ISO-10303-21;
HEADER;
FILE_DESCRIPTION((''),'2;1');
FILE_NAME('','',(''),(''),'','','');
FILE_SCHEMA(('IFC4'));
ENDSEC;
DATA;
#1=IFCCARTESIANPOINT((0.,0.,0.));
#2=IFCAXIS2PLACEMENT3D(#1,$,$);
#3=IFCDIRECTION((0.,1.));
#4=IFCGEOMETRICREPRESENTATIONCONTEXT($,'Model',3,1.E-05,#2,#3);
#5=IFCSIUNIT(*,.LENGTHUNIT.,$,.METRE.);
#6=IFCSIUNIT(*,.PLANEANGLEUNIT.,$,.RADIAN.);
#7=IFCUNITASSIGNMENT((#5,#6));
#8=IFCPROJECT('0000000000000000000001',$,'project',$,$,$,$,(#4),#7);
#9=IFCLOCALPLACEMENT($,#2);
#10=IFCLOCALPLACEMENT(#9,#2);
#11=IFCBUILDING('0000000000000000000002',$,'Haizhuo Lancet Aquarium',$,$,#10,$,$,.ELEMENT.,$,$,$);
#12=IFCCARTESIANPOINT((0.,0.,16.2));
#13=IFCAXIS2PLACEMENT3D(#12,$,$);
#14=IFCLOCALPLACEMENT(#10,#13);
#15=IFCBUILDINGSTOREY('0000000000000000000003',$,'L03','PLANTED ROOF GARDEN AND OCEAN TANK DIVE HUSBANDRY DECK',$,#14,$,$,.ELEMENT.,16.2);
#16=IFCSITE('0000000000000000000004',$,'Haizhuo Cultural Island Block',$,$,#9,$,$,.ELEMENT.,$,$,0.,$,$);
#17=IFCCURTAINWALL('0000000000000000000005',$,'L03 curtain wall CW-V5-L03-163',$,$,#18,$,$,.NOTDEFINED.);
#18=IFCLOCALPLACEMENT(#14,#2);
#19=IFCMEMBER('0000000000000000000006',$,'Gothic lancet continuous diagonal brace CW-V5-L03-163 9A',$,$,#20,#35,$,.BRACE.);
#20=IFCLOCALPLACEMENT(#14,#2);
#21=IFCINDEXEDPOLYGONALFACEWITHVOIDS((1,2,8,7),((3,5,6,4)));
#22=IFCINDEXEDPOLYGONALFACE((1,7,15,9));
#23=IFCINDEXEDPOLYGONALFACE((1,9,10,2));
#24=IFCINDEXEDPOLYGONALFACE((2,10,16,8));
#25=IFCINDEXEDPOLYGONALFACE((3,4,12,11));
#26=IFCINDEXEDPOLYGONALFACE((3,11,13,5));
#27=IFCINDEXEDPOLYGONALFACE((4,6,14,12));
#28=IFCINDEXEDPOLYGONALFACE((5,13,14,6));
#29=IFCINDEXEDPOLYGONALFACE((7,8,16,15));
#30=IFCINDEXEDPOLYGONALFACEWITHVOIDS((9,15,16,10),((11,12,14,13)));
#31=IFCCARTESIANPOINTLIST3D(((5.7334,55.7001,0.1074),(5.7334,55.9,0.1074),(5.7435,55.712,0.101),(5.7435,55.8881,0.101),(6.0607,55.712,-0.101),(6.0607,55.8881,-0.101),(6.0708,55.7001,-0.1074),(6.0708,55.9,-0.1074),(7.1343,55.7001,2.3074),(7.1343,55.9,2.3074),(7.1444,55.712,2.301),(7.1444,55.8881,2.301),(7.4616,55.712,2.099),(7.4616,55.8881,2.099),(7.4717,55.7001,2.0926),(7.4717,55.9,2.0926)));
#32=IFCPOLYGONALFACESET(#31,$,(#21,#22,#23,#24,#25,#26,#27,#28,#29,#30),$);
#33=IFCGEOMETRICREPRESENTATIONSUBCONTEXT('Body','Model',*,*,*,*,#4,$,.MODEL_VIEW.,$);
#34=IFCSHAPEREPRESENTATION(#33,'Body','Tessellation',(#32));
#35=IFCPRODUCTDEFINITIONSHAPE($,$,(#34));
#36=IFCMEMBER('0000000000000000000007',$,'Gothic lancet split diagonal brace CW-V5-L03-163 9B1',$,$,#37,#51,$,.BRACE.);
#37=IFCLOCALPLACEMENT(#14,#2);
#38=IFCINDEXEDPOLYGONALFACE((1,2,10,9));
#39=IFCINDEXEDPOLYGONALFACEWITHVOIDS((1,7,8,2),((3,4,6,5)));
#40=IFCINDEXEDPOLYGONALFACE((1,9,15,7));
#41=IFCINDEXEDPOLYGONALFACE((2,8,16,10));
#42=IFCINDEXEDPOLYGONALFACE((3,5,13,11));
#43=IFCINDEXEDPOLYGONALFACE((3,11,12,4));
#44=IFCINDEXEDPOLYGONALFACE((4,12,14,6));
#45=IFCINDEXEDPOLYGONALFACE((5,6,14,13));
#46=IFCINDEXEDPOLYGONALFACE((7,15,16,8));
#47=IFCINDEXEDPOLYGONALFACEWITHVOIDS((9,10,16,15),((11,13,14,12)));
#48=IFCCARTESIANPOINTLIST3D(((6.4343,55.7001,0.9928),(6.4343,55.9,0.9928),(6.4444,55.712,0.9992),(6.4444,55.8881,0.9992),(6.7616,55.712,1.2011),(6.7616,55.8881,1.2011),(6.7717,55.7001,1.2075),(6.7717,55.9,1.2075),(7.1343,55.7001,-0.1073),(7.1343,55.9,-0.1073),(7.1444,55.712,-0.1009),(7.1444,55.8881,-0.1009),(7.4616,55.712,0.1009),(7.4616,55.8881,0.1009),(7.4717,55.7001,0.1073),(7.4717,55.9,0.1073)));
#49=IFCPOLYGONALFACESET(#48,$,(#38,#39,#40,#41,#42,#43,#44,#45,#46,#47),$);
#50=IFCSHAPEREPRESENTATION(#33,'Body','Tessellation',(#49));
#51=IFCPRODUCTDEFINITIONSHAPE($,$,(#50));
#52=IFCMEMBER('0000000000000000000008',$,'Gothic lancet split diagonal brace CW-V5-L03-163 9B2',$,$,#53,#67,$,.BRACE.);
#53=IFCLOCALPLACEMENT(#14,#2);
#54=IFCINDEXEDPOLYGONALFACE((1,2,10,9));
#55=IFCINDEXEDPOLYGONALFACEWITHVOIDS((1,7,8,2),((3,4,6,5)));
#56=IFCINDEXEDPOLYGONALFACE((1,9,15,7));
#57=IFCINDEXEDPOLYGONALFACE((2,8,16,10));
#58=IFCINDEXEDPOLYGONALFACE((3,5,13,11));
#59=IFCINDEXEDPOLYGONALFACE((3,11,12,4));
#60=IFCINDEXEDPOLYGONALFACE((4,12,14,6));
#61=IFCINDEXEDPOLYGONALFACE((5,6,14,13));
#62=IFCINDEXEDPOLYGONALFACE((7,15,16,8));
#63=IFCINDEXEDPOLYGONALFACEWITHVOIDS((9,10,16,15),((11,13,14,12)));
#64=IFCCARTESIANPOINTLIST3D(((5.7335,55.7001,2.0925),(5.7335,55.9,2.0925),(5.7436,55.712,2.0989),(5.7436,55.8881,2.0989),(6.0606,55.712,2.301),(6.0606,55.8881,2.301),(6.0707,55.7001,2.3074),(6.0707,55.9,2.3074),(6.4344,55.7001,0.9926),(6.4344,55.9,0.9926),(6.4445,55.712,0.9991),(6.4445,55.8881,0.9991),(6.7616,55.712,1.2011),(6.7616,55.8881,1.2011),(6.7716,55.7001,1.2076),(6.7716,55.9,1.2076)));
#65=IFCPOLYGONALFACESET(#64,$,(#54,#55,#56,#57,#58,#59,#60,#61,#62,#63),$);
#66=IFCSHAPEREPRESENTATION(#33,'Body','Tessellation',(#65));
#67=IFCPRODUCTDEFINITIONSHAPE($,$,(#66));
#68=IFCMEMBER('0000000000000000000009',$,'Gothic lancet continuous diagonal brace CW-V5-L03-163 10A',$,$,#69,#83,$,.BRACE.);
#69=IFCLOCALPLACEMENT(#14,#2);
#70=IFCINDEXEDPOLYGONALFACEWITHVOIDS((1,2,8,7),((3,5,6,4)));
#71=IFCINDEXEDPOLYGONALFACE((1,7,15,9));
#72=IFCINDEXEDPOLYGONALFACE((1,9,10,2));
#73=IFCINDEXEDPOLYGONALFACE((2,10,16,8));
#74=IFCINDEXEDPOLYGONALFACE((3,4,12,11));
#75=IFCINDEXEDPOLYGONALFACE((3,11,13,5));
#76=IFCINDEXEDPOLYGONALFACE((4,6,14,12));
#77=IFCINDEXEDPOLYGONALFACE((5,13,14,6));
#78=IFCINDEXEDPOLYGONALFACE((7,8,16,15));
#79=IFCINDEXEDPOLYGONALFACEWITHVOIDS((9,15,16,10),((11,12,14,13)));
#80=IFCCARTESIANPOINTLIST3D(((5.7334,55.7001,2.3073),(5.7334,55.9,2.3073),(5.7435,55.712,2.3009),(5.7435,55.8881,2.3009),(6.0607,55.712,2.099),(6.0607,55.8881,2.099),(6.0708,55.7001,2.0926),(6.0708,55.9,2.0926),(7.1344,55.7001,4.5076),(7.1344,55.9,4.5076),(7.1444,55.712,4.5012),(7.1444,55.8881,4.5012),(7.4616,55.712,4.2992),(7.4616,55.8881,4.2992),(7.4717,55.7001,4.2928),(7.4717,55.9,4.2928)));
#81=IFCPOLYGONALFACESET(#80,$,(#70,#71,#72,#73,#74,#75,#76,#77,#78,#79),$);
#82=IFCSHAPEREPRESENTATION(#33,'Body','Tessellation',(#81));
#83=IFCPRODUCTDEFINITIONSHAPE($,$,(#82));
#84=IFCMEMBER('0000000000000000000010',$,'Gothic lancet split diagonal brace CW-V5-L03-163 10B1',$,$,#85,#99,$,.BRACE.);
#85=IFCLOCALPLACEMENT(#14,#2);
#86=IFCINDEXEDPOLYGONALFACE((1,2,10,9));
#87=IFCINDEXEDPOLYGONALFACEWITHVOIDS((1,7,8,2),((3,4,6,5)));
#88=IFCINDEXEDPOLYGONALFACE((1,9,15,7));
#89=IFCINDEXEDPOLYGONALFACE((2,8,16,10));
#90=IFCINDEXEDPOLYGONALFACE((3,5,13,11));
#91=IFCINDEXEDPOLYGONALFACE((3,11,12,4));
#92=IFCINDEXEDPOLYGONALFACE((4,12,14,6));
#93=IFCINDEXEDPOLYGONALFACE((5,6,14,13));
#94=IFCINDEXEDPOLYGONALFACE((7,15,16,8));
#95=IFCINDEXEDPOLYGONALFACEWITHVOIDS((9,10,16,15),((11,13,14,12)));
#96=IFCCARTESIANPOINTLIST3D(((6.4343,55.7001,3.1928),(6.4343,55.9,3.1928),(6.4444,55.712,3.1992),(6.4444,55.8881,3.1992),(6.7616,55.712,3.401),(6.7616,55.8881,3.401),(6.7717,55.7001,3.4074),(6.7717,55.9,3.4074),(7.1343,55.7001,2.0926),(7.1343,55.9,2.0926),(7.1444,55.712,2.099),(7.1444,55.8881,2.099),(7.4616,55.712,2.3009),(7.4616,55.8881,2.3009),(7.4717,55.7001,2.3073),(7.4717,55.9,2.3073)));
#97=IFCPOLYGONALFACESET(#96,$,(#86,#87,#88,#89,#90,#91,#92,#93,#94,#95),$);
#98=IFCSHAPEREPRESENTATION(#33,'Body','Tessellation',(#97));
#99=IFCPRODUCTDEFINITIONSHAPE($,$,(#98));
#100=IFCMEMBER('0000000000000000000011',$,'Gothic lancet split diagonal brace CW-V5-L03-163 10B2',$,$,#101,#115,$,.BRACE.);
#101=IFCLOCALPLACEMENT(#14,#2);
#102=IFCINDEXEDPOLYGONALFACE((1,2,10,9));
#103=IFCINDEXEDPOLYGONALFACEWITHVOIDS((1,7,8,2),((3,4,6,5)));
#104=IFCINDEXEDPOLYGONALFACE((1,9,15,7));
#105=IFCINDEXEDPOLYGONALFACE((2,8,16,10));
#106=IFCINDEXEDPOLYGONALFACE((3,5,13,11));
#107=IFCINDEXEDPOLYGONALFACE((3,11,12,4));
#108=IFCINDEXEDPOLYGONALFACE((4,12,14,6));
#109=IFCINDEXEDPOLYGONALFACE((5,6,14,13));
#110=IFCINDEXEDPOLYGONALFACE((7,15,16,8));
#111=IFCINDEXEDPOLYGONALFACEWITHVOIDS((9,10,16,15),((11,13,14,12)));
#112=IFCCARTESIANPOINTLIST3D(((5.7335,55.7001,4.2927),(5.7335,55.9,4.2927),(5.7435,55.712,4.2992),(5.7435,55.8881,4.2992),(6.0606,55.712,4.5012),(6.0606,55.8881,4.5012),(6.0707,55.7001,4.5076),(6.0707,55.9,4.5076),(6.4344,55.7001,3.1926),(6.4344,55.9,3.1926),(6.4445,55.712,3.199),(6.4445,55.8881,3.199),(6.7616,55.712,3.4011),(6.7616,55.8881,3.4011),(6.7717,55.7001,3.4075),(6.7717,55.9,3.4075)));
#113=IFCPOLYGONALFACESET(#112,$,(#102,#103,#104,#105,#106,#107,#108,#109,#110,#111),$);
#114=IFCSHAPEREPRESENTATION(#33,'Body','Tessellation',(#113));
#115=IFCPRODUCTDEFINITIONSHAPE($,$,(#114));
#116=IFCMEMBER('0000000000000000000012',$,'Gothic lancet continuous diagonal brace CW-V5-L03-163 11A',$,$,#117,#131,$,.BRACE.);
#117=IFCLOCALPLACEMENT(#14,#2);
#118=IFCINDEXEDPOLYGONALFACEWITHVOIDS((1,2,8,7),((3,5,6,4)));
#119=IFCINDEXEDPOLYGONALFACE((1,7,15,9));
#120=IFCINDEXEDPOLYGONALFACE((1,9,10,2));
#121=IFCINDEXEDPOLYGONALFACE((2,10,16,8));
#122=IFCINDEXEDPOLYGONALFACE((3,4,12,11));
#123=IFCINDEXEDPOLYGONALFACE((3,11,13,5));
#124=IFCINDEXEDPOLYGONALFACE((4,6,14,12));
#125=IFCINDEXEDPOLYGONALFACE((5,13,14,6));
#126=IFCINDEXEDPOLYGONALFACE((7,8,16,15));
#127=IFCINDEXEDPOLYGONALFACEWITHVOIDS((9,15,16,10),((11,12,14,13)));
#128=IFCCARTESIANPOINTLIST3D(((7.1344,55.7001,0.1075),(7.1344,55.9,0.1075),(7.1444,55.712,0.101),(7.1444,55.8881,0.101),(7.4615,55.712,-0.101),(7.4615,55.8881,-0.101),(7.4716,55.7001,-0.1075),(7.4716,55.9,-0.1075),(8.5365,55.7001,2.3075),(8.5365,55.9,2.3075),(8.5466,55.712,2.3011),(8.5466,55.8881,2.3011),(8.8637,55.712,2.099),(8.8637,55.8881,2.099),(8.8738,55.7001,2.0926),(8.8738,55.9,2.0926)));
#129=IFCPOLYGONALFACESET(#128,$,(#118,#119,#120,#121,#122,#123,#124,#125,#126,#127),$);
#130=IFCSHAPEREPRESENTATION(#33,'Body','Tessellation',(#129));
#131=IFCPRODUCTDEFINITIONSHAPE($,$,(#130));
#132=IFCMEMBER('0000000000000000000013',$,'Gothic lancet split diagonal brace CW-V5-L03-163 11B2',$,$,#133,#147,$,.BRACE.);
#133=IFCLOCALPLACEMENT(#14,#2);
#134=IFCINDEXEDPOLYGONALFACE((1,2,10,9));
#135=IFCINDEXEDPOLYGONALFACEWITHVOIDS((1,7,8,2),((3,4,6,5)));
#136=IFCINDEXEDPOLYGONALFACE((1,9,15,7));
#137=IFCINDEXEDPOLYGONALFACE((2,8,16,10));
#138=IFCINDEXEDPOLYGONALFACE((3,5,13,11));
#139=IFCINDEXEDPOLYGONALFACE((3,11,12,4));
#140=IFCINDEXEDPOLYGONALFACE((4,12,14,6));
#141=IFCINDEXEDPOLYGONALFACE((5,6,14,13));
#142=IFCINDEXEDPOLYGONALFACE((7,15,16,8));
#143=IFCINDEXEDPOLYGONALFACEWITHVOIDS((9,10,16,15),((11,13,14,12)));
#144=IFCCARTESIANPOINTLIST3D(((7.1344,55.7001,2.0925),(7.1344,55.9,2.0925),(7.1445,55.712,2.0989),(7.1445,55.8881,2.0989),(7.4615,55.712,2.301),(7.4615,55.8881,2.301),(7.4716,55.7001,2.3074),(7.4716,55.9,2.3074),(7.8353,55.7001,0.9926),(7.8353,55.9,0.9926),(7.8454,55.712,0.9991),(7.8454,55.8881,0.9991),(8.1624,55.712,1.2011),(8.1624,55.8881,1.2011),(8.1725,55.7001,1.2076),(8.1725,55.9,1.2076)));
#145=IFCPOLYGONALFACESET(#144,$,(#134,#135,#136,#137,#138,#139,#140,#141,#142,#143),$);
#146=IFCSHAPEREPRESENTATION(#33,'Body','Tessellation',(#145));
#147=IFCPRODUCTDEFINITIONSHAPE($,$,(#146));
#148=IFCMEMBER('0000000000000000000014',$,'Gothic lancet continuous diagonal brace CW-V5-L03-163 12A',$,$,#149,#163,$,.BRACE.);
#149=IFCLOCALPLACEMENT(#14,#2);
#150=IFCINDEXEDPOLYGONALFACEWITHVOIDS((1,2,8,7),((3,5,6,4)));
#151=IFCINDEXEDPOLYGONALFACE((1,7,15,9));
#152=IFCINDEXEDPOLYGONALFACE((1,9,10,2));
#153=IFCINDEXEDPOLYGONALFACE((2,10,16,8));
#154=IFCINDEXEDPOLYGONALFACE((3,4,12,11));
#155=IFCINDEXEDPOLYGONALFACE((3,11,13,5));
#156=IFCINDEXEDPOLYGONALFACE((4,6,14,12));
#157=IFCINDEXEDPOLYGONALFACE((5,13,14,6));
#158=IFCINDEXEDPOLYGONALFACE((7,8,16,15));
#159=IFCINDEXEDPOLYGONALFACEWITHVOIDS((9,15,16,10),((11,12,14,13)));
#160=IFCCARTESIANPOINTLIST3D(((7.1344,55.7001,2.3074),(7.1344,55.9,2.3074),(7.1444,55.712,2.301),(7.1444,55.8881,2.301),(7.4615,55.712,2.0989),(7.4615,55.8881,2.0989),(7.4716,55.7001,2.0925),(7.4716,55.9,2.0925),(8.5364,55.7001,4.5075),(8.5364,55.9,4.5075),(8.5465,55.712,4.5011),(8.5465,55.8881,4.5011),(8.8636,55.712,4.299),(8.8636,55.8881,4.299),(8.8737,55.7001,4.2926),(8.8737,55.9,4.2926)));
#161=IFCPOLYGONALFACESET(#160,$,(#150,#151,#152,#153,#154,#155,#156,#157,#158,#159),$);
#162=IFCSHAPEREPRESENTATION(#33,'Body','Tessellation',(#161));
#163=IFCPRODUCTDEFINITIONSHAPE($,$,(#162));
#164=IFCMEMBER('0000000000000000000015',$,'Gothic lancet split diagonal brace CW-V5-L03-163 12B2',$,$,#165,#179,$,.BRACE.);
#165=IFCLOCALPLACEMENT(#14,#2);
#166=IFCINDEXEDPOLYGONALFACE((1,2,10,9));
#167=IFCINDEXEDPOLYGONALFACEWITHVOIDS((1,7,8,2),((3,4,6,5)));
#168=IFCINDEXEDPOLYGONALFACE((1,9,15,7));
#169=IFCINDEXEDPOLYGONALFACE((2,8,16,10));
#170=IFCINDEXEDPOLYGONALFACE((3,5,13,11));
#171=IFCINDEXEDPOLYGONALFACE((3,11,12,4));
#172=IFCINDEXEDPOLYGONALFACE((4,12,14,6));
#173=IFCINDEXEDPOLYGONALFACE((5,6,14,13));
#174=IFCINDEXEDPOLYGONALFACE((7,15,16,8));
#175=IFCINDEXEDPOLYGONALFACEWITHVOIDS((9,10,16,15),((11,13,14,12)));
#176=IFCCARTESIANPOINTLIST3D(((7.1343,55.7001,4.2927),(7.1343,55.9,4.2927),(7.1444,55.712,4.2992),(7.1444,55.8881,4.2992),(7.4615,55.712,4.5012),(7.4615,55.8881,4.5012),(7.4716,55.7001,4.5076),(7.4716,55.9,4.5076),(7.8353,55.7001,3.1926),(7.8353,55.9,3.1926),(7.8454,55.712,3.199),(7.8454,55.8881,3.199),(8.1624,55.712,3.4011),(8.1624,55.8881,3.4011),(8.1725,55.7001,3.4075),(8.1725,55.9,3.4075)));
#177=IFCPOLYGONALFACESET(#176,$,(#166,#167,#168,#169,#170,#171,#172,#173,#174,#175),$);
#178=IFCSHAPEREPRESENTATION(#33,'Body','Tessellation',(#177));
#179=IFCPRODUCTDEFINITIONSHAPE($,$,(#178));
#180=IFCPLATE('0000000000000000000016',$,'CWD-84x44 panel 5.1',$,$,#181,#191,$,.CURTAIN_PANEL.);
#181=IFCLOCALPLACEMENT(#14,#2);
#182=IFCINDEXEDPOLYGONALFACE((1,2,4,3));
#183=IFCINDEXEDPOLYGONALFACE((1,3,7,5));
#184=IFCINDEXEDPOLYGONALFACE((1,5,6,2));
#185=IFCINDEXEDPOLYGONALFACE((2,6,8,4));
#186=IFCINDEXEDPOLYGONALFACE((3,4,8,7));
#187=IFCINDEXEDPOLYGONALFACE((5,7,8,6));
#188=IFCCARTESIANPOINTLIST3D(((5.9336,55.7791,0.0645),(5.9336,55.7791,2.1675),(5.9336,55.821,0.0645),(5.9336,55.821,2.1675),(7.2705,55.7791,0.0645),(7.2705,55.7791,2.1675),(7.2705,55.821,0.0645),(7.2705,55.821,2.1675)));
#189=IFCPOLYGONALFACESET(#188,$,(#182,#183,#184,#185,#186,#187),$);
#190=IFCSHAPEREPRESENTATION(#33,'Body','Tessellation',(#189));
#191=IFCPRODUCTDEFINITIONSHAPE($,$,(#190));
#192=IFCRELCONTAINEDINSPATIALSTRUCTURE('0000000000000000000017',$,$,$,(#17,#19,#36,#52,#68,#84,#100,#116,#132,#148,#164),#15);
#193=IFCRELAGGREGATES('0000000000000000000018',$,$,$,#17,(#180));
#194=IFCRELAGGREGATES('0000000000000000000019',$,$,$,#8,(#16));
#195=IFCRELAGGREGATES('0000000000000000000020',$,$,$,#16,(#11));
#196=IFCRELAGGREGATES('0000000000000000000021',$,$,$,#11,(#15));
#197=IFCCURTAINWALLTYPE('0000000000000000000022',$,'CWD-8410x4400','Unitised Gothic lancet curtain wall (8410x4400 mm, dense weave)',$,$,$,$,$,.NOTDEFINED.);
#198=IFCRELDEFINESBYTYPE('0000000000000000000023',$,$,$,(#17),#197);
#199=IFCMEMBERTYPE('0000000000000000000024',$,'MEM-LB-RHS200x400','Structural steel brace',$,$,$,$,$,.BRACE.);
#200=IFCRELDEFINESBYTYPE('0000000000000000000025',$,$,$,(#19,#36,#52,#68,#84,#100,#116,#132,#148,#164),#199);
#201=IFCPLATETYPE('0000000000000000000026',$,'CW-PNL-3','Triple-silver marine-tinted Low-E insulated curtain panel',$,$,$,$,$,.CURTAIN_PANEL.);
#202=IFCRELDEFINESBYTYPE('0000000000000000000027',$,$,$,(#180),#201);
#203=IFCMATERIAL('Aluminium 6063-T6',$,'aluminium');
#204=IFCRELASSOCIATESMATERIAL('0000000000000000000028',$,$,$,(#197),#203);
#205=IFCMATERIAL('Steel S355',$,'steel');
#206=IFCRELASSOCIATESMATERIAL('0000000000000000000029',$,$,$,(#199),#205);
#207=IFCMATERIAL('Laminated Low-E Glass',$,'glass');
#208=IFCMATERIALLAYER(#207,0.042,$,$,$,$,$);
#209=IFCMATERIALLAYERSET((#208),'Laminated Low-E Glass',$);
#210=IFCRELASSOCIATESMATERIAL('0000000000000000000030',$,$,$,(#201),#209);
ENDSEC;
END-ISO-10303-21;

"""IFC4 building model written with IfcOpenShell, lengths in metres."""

from ifc_helpers import new_model, si_unit, direction, frame, origin, origin_2d, place, context, subcontext, project, spatial, rectangle, hollow_rectangle, extrude, material, layer, layer_set, material_profile, profile_set, type_object, element, aggregate, save


model = new_model("IFC4")

# Units and contexts
model_context = context("Model", 3, precision=1e-05, world=origin(), true_north=direction((0.0, 1.0)))
body_context = subcontext(model_context, "Body", "Model", "MODEL_VIEW")
ifc_project = project(units=[si_unit("LENGTHUNIT", "METRE"), si_unit("PLANEANGLEUNIT", "RADIAN")], contexts=[model_context])

# Site, building, storey
site_placement = place(None, origin())
site = spatial("IfcSite", under=ifc_project, at=site_placement, Name="Haizhuo Cultural Island Block", CompositionType="ELEMENT", RefElevation=0.0)
building_placement = place(site_placement, origin())
building = spatial("IfcBuilding", under=site, at=building_placement, Name="Haizhuo Lancet Aquarium", CompositionType="ELEMENT")
storey_placement = place(building_placement, frame((0.0, 0.0, 16.2)))
storey = spatial("IfcBuildingStorey", under=building, at=storey_placement, Name="L03", Description="PLANTED ROOF GARDEN AND OCEAN TANK DIVE HUSBANDRY DECK", CompositionType="ELEMENT", Elevation=16.2)

# Curtain wall
ifc_material_1 = material(Name="Aluminium 6063-T6", Category="aluminium")
curtain_wall_type = type_object("IfcCurtainWallType", Name="CWD-8410x4400", Description="Unitised Gothic lancet curtain wall (8410x4400 mm, dense weave)", PredefinedType="NOTDEFINED", material=ifc_material_1)
curtain_wall_placement = place(storey_placement, origin())
curtain_wall = element("IfcCurtainWall", 1, at=curtain_wall_placement, inside=storey, type_object=curtain_wall_type, Name="L03 curtain wall CW-V5-L03-163", PredefinedType="NOTDEFINED")

# Members
ifc_material_2 = material(Name="Steel S355", Category="steel")
ifc_material_profile_1 = material_profile(ifc_material_2, hollow_rectangle(XDim=0.2, YDim=0.3999, WallThickness=0.012, at=origin_2d()), Name="RHS 200x400x12")
ifc_profile_set_1 = profile_set([ifc_material_profile_1], Name="Steel S355")
member_type_1 = type_object("IfcMemberType", Name="MEM-LB-RHS200x400", Description="Structural steel brace", PredefinedType="BRACE", material=ifc_profile_set_1)
member_1_placement = place(storey_placement, frame((5.9021, 55.8, 0.0), z_axis=(0.537124, 0.0, 0.843503), x_axis=(0.0, 1.0, 0.0)))
element("IfcMember", 2, at=member_1_placement, inside=storey, type_object=member_type_1, Name="Gothic lancet continuous diagonal brace CW-V5-L03-163 9A", PredefinedType="BRACE", context=body_context, shape_type="SweptSolid", body=[
    extrude(hollow_rectangle(XDim=0.2, YDim=0.3999, WallThickness=0.012, at=origin_2d()), origin(), (0.0, 0.0, 1.0), 2.6082),
])
member_2_placement = place(storey_placement, frame((7.303, 55.8, 0.0), z_axis=(-0.536815, 0.0, 0.8437), x_axis=(0.0, -1.0, 0.0)))
element("IfcMember", 3, at=member_2_placement, inside=storey, type_object=member_type_1, Name="Gothic lancet split diagonal brace CW-V5-L03-163 9B1", PredefinedType="BRACE", context=body_context, shape_type="SweptSolid", body=[
    extrude(hollow_rectangle(XDim=0.2, YDim=0.3999, WallThickness=0.012, at=origin_2d()), origin(), (0.0, 0.0, 1.0), 1.304),
])
member_3_placement = place(storey_placement, frame((6.603, 55.8, 1.1001), z_axis=(-0.537433, 0.0, 0.843307), x_axis=(0.0, -1.0, 0.0)))
element("IfcMember", 4, at=member_3_placement, inside=storey, type_object=member_type_1, Name="Gothic lancet split diagonal brace CW-V5-L03-163 9B2", PredefinedType="BRACE", context=body_context, shape_type="SweptSolid", body=[
    extrude(hollow_rectangle(XDim=0.2, YDim=0.3999, WallThickness=0.012, at=origin_2d()), origin(), (0.0, 0.0, 1.0), 1.3042),
])
member_4_placement = place(storey_placement, frame((5.9021, 55.8, 2.2), z_axis=(0.537081, 0.0, 0.84353), x_axis=(0.0, 1.0, 0.0)))
element("IfcMember", 5, at=member_4_placement, inside=storey, type_object=member_type_1, Name="Gothic lancet continuous diagonal brace CW-V5-L03-163 10A", PredefinedType="BRACE", context=body_context, shape_type="SweptSolid", body=[
    extrude(hollow_rectangle(XDim=0.2, YDim=0.3999, WallThickness=0.012, at=origin_2d()), origin(), (0.0, 0.0, 1.0), 2.6084),
])
member_5_placement = place(storey_placement, frame((7.303, 55.8, 2.2), z_axis=(-0.536815, 0.0, 0.8437), x_axis=(0.0, -1.0, 0.0)))
element("IfcMember", 6, at=member_5_placement, inside=storey, type_object=member_type_1, Name="Gothic lancet split diagonal brace CW-V5-L03-163 10B1", PredefinedType="BRACE", context=body_context, shape_type="SweptSolid", body=[
    extrude(hollow_rectangle(XDim=0.2, YDim=0.3999, WallThickness=0.012, at=origin_2d()), origin(), (0.0, 0.0, 1.0), 1.304),
])
member_6_placement = place(storey_placement, frame((6.603, 55.8, 3.3), z_axis=(-0.537348, 0.0, 0.843361), x_axis=(0.0, -1.0, 0.0)))
element("IfcMember", 7, at=member_6_placement, inside=storey, type_object=member_type_1, Name="Gothic lancet split diagonal brace CW-V5-L03-163 10B2", PredefinedType="BRACE", context=body_context, shape_type="SweptSolid", body=[
    extrude(hollow_rectangle(XDim=0.2, YDim=0.3999, WallThickness=0.012, at=origin_2d()), origin(), (0.0, 0.0, 1.0), 1.3044),
])
member_7_placement = place(storey_placement, frame((7.303, 55.8, 0.0), z_axis=(0.537457, 0.0, 0.843291), x_axis=(0.0, 1.0, 0.0)))
element("IfcMember", 8, at=member_7_placement, inside=storey, type_object=member_type_1, Name="Gothic lancet continuous diagonal brace CW-V5-L03-163 11A", PredefinedType="BRACE", context=body_context, shape_type="SweptSolid", body=[
    extrude(hollow_rectangle(XDim=0.2, YDim=0.3999, WallThickness=0.012, at=origin_2d()), origin(), (0.0, 0.0, 1.0), 2.6089),
])
member_8_placement = place(storey_placement, frame((8.0039, 55.8, 1.1001), z_axis=(-0.537433, 0.0, 0.843307), x_axis=(0.0, -1.0, 0.0)))
element("IfcMember", 9, at=member_8_placement, inside=storey, type_object=member_type_1, Name="Gothic lancet split diagonal brace CW-V5-L03-163 11B2", PredefinedType="BRACE", context=body_context, shape_type="SweptSolid", body=[
    extrude(hollow_rectangle(XDim=0.2, YDim=0.3999, WallThickness=0.012, at=origin_2d()), origin(), (0.0, 0.0, 1.0), 1.3042),
])
member_9_placement = place(storey_placement, frame((7.303, 55.8, 2.2), z_axis=(0.537414, 0.0, 0.843318), x_axis=(0.0, 1.0, 0.0)))
element("IfcMember", 10, at=member_9_placement, inside=storey, type_object=member_type_1, Name="Gothic lancet continuous diagonal brace CW-V5-L03-163 12A", PredefinedType="BRACE", context=body_context, shape_type="SweptSolid", body=[
    extrude(hollow_rectangle(XDim=0.2, YDim=0.3999, WallThickness=0.012, at=origin_2d()), origin(), (0.0, 0.0, 1.0), 2.6089),
])
member_10_placement = place(storey_placement, frame((8.0039, 55.8, 3.3), z_axis=(-0.537348, 0.0, 0.843361), x_axis=(0.0, -1.0, 0.0)))
element("IfcMember", 11, at=member_10_placement, inside=storey, type_object=member_type_1, Name="Gothic lancet split diagonal brace CW-V5-L03-163 12B2", PredefinedType="BRACE", context=body_context, shape_type="SweptSolid", body=[
    extrude(hollow_rectangle(XDim=0.2, YDim=0.3999, WallThickness=0.012, at=origin_2d()), origin(), (0.0, 0.0, 1.0), 1.3044),
])

# Plate
ifc_material_3 = material(Name="Laminated Low-E Glass", Category="glass")
ifc_layer = layer(ifc_material_3, 0.042)
ifc_layer_set = layer_set([ifc_layer], Name="Laminated Low-E Glass")
plate_type = type_object("IfcPlateType", Name="CW-PNL-3", Description="Triple-silver marine-tinted Low-E insulated curtain panel", PredefinedType="CURTAIN_PANEL", material=ifc_layer_set)
plate_1_placement = place(storey_placement, frame((6.6021, 55.8, 0.0645), z_axis=(0.0, 0.0, 1.0), x_axis=(1.0, 0.0, 0.0)))
plate_1 = element("IfcPlate", 12, at=plate_1_placement, type_object=plate_type, Name="CWD-84x44 panel 5.1", PredefinedType="CURTAIN_PANEL", context=body_context, shape_type="SweptSolid", body=[
    extrude(rectangle(XDim=1.3369, YDim=0.042, at=origin_2d()), origin(), (0.0, 0.0, 1.0), 2.103),
])
aggregate(curtain_wall, [plate_1])

save(model, "model.ifc")
